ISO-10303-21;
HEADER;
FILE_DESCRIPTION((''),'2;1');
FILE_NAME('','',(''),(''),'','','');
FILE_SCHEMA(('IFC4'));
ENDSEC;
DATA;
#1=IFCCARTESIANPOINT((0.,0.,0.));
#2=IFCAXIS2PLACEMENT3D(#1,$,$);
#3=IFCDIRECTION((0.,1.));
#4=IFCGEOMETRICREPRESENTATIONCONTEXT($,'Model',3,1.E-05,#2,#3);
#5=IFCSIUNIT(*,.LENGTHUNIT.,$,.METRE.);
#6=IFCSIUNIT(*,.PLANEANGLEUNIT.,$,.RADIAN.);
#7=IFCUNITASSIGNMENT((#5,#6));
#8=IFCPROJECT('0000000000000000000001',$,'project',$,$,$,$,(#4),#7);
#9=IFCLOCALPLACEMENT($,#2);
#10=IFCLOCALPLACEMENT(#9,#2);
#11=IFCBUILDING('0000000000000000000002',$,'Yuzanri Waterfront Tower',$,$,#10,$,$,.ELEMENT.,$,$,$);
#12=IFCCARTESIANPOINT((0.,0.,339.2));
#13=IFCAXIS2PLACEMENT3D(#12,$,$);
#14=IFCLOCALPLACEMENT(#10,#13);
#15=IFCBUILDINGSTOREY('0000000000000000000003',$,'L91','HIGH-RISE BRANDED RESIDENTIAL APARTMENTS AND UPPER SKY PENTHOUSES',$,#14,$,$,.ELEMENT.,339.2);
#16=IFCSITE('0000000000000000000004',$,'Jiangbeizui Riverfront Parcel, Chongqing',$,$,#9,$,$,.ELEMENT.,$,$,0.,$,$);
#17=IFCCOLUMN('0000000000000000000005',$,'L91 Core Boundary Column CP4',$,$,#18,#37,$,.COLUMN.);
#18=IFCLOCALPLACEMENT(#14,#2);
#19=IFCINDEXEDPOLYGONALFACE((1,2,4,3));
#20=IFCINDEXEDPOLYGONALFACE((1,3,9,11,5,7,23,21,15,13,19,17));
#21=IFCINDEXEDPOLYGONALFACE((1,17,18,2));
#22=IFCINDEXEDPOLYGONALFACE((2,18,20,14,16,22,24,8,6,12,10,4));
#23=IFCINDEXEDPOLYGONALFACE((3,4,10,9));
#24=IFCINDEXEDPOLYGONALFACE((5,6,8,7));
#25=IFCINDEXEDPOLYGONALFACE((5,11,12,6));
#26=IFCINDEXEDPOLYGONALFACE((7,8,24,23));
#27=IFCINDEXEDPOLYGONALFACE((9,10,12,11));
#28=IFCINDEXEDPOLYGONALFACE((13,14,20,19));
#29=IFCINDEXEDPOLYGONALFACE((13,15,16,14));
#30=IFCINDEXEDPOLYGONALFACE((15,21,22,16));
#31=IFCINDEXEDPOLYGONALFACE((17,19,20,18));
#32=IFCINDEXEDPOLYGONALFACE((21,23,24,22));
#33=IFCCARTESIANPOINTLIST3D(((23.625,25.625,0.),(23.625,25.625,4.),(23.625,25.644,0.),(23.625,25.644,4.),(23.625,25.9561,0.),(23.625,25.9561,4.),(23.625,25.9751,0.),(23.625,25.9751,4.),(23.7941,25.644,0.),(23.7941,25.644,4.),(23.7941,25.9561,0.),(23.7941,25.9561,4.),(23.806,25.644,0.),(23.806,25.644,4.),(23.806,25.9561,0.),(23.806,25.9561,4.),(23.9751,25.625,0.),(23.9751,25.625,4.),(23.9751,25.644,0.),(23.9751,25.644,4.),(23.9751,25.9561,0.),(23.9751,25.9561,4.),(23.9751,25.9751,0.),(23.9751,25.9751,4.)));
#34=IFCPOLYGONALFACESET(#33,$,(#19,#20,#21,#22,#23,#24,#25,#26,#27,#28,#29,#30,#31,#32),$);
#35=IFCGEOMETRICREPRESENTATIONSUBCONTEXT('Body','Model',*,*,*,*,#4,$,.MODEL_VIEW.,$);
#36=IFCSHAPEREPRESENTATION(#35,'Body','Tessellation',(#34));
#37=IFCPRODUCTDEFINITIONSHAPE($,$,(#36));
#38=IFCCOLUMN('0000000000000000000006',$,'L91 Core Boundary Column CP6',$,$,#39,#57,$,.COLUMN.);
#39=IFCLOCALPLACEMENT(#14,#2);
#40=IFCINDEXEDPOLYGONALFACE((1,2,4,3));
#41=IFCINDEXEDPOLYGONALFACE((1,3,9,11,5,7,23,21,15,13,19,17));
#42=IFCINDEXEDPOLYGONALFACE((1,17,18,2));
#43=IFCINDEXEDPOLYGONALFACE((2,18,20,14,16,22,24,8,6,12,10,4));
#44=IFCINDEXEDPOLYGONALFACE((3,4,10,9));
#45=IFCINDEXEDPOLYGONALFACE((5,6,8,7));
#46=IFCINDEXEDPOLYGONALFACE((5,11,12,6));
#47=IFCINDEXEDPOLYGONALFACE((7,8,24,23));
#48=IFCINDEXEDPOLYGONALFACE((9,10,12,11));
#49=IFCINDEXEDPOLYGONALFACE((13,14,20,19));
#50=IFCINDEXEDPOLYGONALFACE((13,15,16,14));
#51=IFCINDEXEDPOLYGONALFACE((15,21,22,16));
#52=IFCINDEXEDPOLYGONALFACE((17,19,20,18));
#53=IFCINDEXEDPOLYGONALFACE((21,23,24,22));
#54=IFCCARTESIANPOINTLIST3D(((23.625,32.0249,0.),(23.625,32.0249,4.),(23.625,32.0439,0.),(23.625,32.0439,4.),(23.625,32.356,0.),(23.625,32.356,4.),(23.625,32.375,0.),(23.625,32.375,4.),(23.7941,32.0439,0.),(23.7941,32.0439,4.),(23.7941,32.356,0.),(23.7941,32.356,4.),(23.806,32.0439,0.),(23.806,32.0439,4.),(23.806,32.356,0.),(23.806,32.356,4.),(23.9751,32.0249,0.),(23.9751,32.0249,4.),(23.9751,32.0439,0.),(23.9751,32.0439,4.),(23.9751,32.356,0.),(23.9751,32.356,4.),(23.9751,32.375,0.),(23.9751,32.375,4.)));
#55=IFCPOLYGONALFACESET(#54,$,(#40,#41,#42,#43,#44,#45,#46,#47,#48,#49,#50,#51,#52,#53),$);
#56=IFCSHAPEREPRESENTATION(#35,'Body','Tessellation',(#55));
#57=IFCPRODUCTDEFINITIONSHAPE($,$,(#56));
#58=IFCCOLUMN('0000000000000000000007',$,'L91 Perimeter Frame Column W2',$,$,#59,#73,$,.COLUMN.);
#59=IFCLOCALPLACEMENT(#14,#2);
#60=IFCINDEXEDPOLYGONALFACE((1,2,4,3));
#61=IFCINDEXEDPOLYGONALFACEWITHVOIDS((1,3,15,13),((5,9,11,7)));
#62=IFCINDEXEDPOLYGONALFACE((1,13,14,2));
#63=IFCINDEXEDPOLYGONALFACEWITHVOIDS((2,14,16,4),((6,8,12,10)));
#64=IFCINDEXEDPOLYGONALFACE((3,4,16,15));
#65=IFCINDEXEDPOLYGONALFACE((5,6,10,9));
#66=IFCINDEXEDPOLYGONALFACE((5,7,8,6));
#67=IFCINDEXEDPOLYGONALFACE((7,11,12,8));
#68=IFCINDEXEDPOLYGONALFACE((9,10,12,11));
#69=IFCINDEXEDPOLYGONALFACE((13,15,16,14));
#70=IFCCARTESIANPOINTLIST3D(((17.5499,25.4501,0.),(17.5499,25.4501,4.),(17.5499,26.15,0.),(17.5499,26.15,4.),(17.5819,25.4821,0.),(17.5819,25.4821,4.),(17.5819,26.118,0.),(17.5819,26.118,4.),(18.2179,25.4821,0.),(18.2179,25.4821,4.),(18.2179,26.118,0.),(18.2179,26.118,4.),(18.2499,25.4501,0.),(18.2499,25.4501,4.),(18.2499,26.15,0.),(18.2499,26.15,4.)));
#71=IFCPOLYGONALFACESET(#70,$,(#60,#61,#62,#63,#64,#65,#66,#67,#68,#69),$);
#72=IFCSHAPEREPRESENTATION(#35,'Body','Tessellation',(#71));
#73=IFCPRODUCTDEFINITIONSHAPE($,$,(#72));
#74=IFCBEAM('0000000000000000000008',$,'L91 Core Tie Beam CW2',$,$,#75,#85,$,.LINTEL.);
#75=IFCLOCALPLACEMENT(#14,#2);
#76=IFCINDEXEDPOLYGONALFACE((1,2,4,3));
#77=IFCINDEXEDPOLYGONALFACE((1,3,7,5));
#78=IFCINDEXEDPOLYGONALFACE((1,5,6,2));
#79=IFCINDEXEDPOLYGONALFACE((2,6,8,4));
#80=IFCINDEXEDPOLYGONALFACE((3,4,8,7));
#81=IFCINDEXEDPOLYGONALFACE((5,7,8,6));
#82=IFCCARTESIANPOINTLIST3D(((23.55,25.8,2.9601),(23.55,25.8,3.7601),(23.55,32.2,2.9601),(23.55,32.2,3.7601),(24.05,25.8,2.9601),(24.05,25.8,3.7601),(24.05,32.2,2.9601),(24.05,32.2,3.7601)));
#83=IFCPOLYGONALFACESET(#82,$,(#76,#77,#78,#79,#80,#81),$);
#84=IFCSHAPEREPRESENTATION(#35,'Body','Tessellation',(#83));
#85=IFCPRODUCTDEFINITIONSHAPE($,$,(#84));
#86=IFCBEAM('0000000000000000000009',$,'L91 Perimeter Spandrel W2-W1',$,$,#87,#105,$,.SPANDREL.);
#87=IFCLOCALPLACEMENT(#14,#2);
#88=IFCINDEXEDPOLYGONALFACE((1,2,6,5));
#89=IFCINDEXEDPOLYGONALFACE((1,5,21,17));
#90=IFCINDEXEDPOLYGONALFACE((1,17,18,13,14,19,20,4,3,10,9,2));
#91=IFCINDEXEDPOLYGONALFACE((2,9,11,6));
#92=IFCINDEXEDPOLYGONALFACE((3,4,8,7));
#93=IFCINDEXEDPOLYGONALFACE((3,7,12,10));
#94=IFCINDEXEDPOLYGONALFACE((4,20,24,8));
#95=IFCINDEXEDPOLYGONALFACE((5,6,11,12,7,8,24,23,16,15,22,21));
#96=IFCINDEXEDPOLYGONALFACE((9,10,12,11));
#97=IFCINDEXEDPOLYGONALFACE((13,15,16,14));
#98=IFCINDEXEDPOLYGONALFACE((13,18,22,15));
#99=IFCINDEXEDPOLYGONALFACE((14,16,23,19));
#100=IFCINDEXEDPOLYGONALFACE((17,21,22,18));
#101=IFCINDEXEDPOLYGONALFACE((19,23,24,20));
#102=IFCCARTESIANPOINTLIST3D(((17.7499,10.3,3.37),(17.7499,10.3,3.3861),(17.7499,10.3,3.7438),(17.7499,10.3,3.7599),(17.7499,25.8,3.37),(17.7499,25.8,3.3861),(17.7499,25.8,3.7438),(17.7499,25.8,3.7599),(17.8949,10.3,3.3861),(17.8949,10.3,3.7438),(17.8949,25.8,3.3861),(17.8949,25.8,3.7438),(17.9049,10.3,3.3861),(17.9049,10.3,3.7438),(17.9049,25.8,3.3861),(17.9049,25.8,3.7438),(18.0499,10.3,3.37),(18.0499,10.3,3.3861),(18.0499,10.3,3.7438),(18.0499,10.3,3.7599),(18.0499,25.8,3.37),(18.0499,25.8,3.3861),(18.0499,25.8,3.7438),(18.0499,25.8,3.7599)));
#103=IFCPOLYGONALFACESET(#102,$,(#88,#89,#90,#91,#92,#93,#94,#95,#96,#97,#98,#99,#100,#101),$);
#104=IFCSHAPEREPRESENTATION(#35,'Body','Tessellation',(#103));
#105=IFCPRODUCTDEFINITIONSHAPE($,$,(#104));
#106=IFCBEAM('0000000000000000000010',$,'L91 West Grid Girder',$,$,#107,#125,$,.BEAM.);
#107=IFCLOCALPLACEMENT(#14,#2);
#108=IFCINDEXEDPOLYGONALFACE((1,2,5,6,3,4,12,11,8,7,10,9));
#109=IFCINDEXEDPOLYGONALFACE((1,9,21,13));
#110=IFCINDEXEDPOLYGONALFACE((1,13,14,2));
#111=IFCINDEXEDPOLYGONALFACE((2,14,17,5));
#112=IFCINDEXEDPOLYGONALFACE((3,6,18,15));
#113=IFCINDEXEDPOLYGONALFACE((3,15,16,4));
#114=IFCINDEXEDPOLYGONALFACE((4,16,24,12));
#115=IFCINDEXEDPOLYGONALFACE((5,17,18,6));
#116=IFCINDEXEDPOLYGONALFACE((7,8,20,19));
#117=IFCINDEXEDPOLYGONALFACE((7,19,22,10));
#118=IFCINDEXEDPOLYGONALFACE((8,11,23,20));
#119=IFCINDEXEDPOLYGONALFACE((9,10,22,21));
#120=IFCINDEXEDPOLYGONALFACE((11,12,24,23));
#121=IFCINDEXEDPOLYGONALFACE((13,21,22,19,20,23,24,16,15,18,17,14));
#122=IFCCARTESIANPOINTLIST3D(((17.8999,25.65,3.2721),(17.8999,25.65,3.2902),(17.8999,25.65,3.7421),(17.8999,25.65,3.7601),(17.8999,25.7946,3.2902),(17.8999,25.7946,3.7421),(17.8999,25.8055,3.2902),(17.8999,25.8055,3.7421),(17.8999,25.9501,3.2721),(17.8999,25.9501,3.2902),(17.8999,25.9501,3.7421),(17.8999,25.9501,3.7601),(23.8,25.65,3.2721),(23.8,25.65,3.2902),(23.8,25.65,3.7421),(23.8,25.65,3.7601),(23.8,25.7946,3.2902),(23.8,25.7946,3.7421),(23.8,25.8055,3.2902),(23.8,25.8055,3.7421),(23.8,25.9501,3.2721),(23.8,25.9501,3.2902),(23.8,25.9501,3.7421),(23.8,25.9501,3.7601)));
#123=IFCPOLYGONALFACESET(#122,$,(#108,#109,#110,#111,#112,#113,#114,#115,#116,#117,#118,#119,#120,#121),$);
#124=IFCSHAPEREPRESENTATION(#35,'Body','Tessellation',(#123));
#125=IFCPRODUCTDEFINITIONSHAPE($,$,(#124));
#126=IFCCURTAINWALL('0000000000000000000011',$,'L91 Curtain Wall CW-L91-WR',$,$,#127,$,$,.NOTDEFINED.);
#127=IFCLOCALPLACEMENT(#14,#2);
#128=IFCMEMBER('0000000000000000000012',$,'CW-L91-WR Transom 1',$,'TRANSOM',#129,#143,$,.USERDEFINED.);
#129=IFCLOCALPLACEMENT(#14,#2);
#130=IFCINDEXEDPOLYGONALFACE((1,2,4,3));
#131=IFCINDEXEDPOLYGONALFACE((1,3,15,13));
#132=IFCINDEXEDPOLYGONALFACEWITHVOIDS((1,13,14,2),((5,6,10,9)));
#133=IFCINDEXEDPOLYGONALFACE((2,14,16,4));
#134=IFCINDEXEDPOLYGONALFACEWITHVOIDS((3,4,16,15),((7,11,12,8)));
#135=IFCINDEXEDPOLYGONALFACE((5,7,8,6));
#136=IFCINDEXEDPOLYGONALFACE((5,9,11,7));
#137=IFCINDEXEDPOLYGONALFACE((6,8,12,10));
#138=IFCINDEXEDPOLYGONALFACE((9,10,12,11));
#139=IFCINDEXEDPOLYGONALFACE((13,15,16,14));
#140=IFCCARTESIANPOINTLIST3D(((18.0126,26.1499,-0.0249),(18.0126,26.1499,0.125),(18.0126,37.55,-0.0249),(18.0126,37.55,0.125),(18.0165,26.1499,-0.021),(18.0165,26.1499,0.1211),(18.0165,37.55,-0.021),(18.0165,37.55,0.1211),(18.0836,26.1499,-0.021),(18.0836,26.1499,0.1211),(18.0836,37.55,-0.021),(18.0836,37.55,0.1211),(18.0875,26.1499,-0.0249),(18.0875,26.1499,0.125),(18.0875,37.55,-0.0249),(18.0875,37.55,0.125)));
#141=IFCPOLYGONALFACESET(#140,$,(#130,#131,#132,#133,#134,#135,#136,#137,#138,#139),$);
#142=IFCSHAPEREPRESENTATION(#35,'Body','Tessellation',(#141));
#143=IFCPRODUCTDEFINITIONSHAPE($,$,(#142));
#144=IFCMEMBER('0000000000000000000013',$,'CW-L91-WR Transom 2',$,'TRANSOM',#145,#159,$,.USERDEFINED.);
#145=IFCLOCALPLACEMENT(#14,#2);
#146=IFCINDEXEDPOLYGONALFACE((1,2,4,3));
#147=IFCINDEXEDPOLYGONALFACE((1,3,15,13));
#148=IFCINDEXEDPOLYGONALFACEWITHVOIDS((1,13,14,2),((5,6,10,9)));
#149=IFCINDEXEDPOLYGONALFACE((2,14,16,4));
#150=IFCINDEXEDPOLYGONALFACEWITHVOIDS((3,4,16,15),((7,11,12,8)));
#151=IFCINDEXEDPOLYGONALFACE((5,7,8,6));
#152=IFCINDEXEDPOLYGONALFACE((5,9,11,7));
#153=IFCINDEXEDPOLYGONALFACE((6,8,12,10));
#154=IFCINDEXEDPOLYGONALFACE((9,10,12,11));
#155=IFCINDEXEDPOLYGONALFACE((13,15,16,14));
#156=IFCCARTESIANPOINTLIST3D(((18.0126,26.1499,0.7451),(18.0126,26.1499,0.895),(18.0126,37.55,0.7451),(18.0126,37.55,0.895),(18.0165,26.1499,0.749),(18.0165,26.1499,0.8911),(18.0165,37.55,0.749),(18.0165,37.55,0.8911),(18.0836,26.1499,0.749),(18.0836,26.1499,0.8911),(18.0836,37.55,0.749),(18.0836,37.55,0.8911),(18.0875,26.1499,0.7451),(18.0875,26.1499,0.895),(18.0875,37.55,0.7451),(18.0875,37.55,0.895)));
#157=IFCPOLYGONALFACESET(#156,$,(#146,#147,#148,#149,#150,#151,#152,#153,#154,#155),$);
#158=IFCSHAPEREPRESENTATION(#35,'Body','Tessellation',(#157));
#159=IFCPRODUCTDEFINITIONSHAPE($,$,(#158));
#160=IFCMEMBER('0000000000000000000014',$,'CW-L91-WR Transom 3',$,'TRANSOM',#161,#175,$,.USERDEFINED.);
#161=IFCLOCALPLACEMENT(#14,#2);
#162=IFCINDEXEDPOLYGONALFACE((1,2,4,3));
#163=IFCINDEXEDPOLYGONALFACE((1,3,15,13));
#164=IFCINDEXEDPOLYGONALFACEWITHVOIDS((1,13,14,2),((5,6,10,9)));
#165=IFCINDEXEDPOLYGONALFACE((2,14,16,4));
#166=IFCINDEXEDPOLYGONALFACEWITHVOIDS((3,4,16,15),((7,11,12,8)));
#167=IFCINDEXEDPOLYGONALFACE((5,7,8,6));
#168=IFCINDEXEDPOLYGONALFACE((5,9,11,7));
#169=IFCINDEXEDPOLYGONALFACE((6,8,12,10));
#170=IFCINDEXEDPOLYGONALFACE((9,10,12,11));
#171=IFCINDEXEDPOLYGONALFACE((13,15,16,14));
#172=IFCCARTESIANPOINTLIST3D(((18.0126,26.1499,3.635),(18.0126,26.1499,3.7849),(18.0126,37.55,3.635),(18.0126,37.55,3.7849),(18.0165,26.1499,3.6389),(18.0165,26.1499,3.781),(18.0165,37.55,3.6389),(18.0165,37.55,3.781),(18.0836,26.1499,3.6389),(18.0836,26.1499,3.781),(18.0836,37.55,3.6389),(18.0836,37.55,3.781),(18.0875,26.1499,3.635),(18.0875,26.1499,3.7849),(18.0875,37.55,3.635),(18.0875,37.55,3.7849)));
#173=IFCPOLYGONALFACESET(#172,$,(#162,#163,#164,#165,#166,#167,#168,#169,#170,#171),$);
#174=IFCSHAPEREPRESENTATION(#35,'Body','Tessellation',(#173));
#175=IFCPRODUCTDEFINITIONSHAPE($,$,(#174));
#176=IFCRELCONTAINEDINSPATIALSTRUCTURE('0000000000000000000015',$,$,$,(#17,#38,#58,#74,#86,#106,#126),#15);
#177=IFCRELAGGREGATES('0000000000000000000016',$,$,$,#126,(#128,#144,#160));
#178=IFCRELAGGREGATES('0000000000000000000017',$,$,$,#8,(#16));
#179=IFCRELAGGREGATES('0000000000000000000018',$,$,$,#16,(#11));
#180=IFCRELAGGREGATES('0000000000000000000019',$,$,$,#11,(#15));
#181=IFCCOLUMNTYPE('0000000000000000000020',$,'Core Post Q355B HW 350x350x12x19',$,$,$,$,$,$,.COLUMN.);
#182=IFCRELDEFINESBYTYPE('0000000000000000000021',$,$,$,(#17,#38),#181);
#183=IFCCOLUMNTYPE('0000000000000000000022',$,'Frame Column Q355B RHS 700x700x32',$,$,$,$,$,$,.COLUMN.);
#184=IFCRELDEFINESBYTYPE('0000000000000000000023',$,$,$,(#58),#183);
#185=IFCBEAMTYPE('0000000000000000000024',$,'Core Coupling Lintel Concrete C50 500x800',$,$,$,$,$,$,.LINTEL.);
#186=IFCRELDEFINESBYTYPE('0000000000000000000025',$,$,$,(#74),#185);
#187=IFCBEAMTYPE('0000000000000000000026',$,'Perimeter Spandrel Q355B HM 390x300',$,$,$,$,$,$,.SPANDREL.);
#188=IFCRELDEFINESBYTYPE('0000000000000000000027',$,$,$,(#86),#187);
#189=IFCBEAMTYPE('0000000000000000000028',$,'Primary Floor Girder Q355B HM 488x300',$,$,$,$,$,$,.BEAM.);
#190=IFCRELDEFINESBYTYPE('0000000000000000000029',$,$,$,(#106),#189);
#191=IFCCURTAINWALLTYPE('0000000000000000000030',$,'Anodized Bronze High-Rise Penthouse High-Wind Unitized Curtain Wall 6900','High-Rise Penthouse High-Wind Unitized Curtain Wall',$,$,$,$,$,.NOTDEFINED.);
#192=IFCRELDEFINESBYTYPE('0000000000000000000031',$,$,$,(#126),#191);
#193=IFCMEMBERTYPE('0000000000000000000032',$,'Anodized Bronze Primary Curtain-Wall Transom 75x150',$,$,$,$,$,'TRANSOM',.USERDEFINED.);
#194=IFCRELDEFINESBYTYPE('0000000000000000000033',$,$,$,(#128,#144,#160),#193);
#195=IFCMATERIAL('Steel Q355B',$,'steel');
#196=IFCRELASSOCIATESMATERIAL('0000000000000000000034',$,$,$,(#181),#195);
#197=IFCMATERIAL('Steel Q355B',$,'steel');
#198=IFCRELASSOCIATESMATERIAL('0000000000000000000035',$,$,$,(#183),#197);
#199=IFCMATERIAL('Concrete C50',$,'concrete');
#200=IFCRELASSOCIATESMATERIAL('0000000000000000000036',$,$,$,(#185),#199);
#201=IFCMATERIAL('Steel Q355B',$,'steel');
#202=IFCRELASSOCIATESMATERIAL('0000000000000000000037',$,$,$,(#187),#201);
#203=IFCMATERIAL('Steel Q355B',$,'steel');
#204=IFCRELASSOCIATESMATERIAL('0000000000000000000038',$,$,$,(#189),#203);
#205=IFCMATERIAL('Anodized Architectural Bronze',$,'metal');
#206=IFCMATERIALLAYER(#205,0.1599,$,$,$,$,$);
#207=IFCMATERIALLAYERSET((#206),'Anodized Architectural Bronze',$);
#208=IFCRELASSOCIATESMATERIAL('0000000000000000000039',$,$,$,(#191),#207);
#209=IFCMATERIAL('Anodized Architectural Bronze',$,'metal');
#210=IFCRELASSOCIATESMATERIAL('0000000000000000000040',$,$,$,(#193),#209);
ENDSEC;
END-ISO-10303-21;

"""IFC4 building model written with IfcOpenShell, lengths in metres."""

from ifc_helpers import new_model, si_unit, direction, frame, origin, origin_2d, place, context, subcontext, project, spatial, rectangle, hollow_rectangle, i_section, extrude, source, transform, mapped, material, layer, layer_set, material_profile, profile_set, type_object, element, aggregate, save


model = new_model("IFC4")

# Units and contexts
model_context = context("Model", 3, precision=1e-05, world=origin(), true_north=direction((0.0, 1.0)))
body_context = subcontext(model_context, "Body", "Model", "MODEL_VIEW")
ifc_project = project(units=[si_unit("LENGTHUNIT", "METRE"), si_unit("PLANEANGLEUNIT", "RADIAN")], contexts=[model_context])

# Site, building, storey
site_placement = place(None, origin())
site = spatial("IfcSite", under=ifc_project, at=site_placement, Name="Jiangbeizui Riverfront Parcel, Chongqing", CompositionType="ELEMENT", RefElevation=0.0)
building_placement = place(site_placement, origin())
building = spatial("IfcBuilding", under=site, at=building_placement, Name="Yuzanri Waterfront Tower", CompositionType="ELEMENT")
storey_placement = place(building_placement, frame((0.0, 0.0, 339.2)))
storey = spatial("IfcBuildingStorey", under=building, at=storey_placement, Name="L91", Description="HIGH-RISE BRANDED RESIDENTIAL APARTMENTS AND UPPER SKY PENTHOUSES", CompositionType="ELEMENT", Elevation=339.2)

# Columns
ifc_material_1 = material(Name="Steel Q355B", Category="steel")
ifc_material_profile_1 = material_profile(ifc_material_1, i_section(OverallWidth=0.3501, OverallDepth=0.3501, WebThickness=0.012, FlangeThickness=0.019, at=origin_2d()), Name="HW 350x350x12x19")
ifc_profile_set_1 = profile_set([ifc_material_profile_1], Name="Steel Q355B")
column_type_1 = type_object("IfcColumnType", Name="Core Post Q355B HW 350x350x12x19", PredefinedType="COLUMN", material=ifc_profile_set_1)
shared_shape_1 = source(origin(), body_context, "Body", "SweptSolid", [
    extrude(i_section(OverallWidth=0.3501, OverallDepth=0.3501, WebThickness=0.012, FlangeThickness=0.019, at=origin_2d()), origin(), (0.0, 0.0, 1.0), 4.0),
])
for number, where, z_axis, x_axis, name in (
    (1, (23.8, 25.8, 0.0), (0.0, 0.0, 1.0), (1.0, 0.0, 0.0), "L91 Core Boundary Column CP4"),
    (2, (23.8, 32.2, 0.0), (0.0, 0.0, 1.0), (1.0, 0.0, 0.0), "L91 Core Boundary Column CP6"),
):
    element("IfcColumn", number, at=place(storey_placement, frame(where, z_axis=z_axis, x_axis=x_axis)), inside=storey, type_object=column_type_1, Name=name, PredefinedType="COLUMN", context=body_context, shape_type="MappedRepresentation", body=[
        mapped(shared_shape_1, transform((0.0, 0.0, 0.0), scale=1.0)),
    ])
ifc_material_2 = material(Name="Steel Q355B", Category="steel")
ifc_material_profile_2 = material_profile(ifc_material_2, hollow_rectangle(XDim=0.7, YDim=0.7, WallThickness=0.032, at=origin_2d()), Name="RHS 700x700x32")
ifc_profile_set_2 = profile_set([ifc_material_profile_2], Name="Steel Q355B")
column_type_2 = type_object("IfcColumnType", Name="Frame Column Q355B RHS 700x700x32", PredefinedType="COLUMN", material=ifc_profile_set_2)
shared_shape_2 = source(origin(), body_context, "Body", "SweptSolid", [
    extrude(hollow_rectangle(XDim=0.7, YDim=0.7, WallThickness=0.032, at=origin_2d()), origin(), (0.0, 0.0, 1.0), 4.0),
])
column_placement = place(storey_placement, frame((17.8999, 25.8, 0.0), z_axis=(0.0, 0.0, 1.0), x_axis=(1.0, 0.0, 0.0)))
element("IfcColumn", 3, at=column_placement, inside=storey, type_object=column_type_2, Name="L91 Perimeter Frame Column W2", PredefinedType="COLUMN", context=body_context, shape_type="MappedRepresentation", body=[
    mapped(shared_shape_2, transform((0.0, 0.0, 0.0), scale=1.0)),
])

# Beams
ifc_material_3 = material(Name="Concrete C50", Category="concrete")
ifc_material_profile_3 = material_profile(ifc_material_3, rectangle(XDim=0.5, YDim=0.8, at=origin_2d()), Name="RC 500x800")
ifc_profile_set_3 = profile_set([ifc_material_profile_3], Name="Concrete C50")
beam_type_1 = type_object("IfcBeamType", Name="Core Coupling Lintel Concrete C50 500x800", PredefinedType="LINTEL", material=ifc_profile_set_3)
shared_shape_3 = source(origin(), body_context, "Body", "SweptSolid", [
    extrude(rectangle(XDim=0.5, YDim=0.8, at=origin_2d()), origin(), (0.0, 0.0, 1.0), 6.3999),
])
beam_1_placement = place(storey_placement, frame((23.8, 25.8, 3.3601), z_axis=(0.0, 1.0, 0.0), x_axis=(-1.0, 0.0, 0.0)))
element("IfcBeam", 4, at=beam_1_placement, inside=storey, type_object=beam_type_1, Name="L91 Core Tie Beam CW2", PredefinedType="LINTEL", context=body_context, shape_type="MappedRepresentation", body=[
    mapped(shared_shape_3, transform((0.0, 0.0, 0.0), scale=1.0)),
])
ifc_material_4 = material(Name="Steel Q355B", Category="steel")
ifc_material_profile_4 = material_profile(ifc_material_4, i_section(OverallWidth=0.3, OverallDepth=0.3899, WebThickness=0.01, FlangeThickness=0.0161, at=origin_2d()), Name="HM 390x300x10x16")
ifc_profile_set_4 = profile_set([ifc_material_profile_4], Name="Steel Q355B")
beam_type_2 = type_object("IfcBeamType", Name="Perimeter Spandrel Q355B HM 390x300", PredefinedType="SPANDREL", material=ifc_profile_set_4)
shared_shape_4 = source(origin(), body_context, "Body", "SweptSolid", [
    extrude(i_section(OverallWidth=0.3, OverallDepth=0.3899, WebThickness=0.01, FlangeThickness=0.0161, at=origin_2d()), origin(), (0.0, 0.0, 1.0), 15.5),
])
beam_2_placement = place(storey_placement, frame((17.8999, 25.8, 3.5649), z_axis=(0.0, -1.0, 0.0), x_axis=(1.0, 0.0, 0.0)))
element("IfcBeam", 5, at=beam_2_placement, inside=storey, type_object=beam_type_2, Name="L91 Perimeter Spandrel W2-W1", PredefinedType="SPANDREL", context=body_context, shape_type="MappedRepresentation", body=[
    mapped(shared_shape_4, transform((0.0, 0.0, 0.0), scale=1.0)),
])
ifc_material_5 = material(Name="Steel Q355B", Category="steel")
ifc_material_profile_5 = material_profile(ifc_material_5, i_section(OverallWidth=0.3, OverallDepth=0.488, WebThickness=0.011, FlangeThickness=0.0181, at=origin_2d()), Name="HM 488x300x11x18")
ifc_profile_set_5 = profile_set([ifc_material_profile_5], Name="Steel Q355B")
beam_type_3 = type_object("IfcBeamType", Name="Primary Floor Girder Q355B HM 488x300", PredefinedType="BEAM", material=ifc_profile_set_5)
shared_shape_5 = source(origin(), body_context, "Body", "SweptSolid", [
    extrude(i_section(OverallWidth=0.3, OverallDepth=0.488, WebThickness=0.011, FlangeThickness=0.0181, at=origin_2d()), origin(), (0.0, 0.0, 1.0), 5.9001),
])
beam_3_placement = place(storey_placement, frame((23.8, 25.8, 3.5161), z_axis=(-1.0, 0.0, 0.0), x_axis=(0.0, -1.0, 0.0)))
element("IfcBeam", 6, at=beam_3_placement, inside=storey, type_object=beam_type_3, Name="L91 West Grid Girder", PredefinedType="BEAM", context=body_context, shape_type="MappedRepresentation", body=[
    mapped(shared_shape_5, transform((0.0, 0.0, 0.0), scale=1.0)),
])

# Curtain wall, members
ifc_material_6 = material(Name="Anodized Architectural Bronze", Category="metal")
ifc_layer_1 = layer(ifc_material_6, 0.1599)
ifc_layer_set_1 = layer_set([ifc_layer_1], Name="Anodized Architectural Bronze")
curtain_wall_type = type_object("IfcCurtainWallType", Name="Anodized Bronze High-Rise Penthouse High-Wind Unitized Curtain Wall 6900", Description="High-Rise Penthouse High-Wind Unitized Curtain Wall", PredefinedType="NOTDEFINED", material=ifc_layer_set_1)
curtain_wall_placement = place(storey_placement, origin())
curtain_wall = element("IfcCurtainWall", 7, at=curtain_wall_placement, inside=storey, type_object=curtain_wall_type, Name="L91 Curtain Wall CW-L91-WR", PredefinedType="NOTDEFINED")
ifc_material_7 = material(Name="Anodized Architectural Bronze", Category="metal")
ifc_material_profile_6 = material_profile(ifc_material_7, hollow_rectangle(XDim=0.075, YDim=0.1499, WallThickness=0.0039, at=origin_2d()), Name="CWT 75x150")
ifc_profile_set_6 = profile_set([ifc_material_profile_6], Name="Anodized Architectural Bronze")
member_type_1 = type_object("IfcMemberType", Name="Anodized Bronze Primary Curtain-Wall Transom 75x150", ElementType="TRANSOM", PredefinedType="USERDEFINED", material=ifc_profile_set_6)
shared_shape_6 = source(origin(), body_context, "Body", "SweptSolid", [
    extrude(hollow_rectangle(XDim=0.075, YDim=0.1499, WallThickness=0.0039, at=origin_2d()), origin(), (0.0, 0.0, 1.0), 11.4001),
])
member_1_placement = place(storey_placement, frame((18.05, 26.1499, 0.05), z_axis=(0.0, 1.0, 0.0), x_axis=(-1.0, 0.0, 0.0)))
member_1 = element("IfcMember", 8, at=member_1_placement, type_object=member_type_1, Name="CW-L91-WR Transom 1", ObjectType="TRANSOM", PredefinedType="USERDEFINED", context=body_context, shape_type="MappedRepresentation", body=[
    mapped(shared_shape_6, transform((0.0, 0.0, 0.0), scale=1.0)),
])
member_2_placement = place(storey_placement, frame((18.05, 26.1499, 0.8201), z_axis=(0.0, 1.0, 0.0), x_axis=(-1.0, 0.0, 0.0)))
member_2 = element("IfcMember", 9, at=member_2_placement, type_object=member_type_1, Name="CW-L91-WR Transom 2", ObjectType="TRANSOM", PredefinedType="USERDEFINED", context=body_context, shape_type="MappedRepresentation", body=[
    mapped(shared_shape_6, transform((0.0, 0.0, 0.0), scale=1.0)),
])
member_3_placement = place(storey_placement, frame((18.05, 26.1499, 3.71), z_axis=(0.0, 1.0, 0.0), x_axis=(-1.0, 0.0, 0.0)))
member_3 = element("IfcMember", 10, at=member_3_placement, type_object=member_type_1, Name="CW-L91-WR Transom 3", ObjectType="TRANSOM", PredefinedType="USERDEFINED", context=body_context, shape_type="MappedRepresentation", body=[
    mapped(shared_shape_6, transform((0.0, 0.0, 0.0), scale=1.0)),
])
aggregate(curtain_wall, [member_1, member_2, member_3])

save(model, "model.ifc")
